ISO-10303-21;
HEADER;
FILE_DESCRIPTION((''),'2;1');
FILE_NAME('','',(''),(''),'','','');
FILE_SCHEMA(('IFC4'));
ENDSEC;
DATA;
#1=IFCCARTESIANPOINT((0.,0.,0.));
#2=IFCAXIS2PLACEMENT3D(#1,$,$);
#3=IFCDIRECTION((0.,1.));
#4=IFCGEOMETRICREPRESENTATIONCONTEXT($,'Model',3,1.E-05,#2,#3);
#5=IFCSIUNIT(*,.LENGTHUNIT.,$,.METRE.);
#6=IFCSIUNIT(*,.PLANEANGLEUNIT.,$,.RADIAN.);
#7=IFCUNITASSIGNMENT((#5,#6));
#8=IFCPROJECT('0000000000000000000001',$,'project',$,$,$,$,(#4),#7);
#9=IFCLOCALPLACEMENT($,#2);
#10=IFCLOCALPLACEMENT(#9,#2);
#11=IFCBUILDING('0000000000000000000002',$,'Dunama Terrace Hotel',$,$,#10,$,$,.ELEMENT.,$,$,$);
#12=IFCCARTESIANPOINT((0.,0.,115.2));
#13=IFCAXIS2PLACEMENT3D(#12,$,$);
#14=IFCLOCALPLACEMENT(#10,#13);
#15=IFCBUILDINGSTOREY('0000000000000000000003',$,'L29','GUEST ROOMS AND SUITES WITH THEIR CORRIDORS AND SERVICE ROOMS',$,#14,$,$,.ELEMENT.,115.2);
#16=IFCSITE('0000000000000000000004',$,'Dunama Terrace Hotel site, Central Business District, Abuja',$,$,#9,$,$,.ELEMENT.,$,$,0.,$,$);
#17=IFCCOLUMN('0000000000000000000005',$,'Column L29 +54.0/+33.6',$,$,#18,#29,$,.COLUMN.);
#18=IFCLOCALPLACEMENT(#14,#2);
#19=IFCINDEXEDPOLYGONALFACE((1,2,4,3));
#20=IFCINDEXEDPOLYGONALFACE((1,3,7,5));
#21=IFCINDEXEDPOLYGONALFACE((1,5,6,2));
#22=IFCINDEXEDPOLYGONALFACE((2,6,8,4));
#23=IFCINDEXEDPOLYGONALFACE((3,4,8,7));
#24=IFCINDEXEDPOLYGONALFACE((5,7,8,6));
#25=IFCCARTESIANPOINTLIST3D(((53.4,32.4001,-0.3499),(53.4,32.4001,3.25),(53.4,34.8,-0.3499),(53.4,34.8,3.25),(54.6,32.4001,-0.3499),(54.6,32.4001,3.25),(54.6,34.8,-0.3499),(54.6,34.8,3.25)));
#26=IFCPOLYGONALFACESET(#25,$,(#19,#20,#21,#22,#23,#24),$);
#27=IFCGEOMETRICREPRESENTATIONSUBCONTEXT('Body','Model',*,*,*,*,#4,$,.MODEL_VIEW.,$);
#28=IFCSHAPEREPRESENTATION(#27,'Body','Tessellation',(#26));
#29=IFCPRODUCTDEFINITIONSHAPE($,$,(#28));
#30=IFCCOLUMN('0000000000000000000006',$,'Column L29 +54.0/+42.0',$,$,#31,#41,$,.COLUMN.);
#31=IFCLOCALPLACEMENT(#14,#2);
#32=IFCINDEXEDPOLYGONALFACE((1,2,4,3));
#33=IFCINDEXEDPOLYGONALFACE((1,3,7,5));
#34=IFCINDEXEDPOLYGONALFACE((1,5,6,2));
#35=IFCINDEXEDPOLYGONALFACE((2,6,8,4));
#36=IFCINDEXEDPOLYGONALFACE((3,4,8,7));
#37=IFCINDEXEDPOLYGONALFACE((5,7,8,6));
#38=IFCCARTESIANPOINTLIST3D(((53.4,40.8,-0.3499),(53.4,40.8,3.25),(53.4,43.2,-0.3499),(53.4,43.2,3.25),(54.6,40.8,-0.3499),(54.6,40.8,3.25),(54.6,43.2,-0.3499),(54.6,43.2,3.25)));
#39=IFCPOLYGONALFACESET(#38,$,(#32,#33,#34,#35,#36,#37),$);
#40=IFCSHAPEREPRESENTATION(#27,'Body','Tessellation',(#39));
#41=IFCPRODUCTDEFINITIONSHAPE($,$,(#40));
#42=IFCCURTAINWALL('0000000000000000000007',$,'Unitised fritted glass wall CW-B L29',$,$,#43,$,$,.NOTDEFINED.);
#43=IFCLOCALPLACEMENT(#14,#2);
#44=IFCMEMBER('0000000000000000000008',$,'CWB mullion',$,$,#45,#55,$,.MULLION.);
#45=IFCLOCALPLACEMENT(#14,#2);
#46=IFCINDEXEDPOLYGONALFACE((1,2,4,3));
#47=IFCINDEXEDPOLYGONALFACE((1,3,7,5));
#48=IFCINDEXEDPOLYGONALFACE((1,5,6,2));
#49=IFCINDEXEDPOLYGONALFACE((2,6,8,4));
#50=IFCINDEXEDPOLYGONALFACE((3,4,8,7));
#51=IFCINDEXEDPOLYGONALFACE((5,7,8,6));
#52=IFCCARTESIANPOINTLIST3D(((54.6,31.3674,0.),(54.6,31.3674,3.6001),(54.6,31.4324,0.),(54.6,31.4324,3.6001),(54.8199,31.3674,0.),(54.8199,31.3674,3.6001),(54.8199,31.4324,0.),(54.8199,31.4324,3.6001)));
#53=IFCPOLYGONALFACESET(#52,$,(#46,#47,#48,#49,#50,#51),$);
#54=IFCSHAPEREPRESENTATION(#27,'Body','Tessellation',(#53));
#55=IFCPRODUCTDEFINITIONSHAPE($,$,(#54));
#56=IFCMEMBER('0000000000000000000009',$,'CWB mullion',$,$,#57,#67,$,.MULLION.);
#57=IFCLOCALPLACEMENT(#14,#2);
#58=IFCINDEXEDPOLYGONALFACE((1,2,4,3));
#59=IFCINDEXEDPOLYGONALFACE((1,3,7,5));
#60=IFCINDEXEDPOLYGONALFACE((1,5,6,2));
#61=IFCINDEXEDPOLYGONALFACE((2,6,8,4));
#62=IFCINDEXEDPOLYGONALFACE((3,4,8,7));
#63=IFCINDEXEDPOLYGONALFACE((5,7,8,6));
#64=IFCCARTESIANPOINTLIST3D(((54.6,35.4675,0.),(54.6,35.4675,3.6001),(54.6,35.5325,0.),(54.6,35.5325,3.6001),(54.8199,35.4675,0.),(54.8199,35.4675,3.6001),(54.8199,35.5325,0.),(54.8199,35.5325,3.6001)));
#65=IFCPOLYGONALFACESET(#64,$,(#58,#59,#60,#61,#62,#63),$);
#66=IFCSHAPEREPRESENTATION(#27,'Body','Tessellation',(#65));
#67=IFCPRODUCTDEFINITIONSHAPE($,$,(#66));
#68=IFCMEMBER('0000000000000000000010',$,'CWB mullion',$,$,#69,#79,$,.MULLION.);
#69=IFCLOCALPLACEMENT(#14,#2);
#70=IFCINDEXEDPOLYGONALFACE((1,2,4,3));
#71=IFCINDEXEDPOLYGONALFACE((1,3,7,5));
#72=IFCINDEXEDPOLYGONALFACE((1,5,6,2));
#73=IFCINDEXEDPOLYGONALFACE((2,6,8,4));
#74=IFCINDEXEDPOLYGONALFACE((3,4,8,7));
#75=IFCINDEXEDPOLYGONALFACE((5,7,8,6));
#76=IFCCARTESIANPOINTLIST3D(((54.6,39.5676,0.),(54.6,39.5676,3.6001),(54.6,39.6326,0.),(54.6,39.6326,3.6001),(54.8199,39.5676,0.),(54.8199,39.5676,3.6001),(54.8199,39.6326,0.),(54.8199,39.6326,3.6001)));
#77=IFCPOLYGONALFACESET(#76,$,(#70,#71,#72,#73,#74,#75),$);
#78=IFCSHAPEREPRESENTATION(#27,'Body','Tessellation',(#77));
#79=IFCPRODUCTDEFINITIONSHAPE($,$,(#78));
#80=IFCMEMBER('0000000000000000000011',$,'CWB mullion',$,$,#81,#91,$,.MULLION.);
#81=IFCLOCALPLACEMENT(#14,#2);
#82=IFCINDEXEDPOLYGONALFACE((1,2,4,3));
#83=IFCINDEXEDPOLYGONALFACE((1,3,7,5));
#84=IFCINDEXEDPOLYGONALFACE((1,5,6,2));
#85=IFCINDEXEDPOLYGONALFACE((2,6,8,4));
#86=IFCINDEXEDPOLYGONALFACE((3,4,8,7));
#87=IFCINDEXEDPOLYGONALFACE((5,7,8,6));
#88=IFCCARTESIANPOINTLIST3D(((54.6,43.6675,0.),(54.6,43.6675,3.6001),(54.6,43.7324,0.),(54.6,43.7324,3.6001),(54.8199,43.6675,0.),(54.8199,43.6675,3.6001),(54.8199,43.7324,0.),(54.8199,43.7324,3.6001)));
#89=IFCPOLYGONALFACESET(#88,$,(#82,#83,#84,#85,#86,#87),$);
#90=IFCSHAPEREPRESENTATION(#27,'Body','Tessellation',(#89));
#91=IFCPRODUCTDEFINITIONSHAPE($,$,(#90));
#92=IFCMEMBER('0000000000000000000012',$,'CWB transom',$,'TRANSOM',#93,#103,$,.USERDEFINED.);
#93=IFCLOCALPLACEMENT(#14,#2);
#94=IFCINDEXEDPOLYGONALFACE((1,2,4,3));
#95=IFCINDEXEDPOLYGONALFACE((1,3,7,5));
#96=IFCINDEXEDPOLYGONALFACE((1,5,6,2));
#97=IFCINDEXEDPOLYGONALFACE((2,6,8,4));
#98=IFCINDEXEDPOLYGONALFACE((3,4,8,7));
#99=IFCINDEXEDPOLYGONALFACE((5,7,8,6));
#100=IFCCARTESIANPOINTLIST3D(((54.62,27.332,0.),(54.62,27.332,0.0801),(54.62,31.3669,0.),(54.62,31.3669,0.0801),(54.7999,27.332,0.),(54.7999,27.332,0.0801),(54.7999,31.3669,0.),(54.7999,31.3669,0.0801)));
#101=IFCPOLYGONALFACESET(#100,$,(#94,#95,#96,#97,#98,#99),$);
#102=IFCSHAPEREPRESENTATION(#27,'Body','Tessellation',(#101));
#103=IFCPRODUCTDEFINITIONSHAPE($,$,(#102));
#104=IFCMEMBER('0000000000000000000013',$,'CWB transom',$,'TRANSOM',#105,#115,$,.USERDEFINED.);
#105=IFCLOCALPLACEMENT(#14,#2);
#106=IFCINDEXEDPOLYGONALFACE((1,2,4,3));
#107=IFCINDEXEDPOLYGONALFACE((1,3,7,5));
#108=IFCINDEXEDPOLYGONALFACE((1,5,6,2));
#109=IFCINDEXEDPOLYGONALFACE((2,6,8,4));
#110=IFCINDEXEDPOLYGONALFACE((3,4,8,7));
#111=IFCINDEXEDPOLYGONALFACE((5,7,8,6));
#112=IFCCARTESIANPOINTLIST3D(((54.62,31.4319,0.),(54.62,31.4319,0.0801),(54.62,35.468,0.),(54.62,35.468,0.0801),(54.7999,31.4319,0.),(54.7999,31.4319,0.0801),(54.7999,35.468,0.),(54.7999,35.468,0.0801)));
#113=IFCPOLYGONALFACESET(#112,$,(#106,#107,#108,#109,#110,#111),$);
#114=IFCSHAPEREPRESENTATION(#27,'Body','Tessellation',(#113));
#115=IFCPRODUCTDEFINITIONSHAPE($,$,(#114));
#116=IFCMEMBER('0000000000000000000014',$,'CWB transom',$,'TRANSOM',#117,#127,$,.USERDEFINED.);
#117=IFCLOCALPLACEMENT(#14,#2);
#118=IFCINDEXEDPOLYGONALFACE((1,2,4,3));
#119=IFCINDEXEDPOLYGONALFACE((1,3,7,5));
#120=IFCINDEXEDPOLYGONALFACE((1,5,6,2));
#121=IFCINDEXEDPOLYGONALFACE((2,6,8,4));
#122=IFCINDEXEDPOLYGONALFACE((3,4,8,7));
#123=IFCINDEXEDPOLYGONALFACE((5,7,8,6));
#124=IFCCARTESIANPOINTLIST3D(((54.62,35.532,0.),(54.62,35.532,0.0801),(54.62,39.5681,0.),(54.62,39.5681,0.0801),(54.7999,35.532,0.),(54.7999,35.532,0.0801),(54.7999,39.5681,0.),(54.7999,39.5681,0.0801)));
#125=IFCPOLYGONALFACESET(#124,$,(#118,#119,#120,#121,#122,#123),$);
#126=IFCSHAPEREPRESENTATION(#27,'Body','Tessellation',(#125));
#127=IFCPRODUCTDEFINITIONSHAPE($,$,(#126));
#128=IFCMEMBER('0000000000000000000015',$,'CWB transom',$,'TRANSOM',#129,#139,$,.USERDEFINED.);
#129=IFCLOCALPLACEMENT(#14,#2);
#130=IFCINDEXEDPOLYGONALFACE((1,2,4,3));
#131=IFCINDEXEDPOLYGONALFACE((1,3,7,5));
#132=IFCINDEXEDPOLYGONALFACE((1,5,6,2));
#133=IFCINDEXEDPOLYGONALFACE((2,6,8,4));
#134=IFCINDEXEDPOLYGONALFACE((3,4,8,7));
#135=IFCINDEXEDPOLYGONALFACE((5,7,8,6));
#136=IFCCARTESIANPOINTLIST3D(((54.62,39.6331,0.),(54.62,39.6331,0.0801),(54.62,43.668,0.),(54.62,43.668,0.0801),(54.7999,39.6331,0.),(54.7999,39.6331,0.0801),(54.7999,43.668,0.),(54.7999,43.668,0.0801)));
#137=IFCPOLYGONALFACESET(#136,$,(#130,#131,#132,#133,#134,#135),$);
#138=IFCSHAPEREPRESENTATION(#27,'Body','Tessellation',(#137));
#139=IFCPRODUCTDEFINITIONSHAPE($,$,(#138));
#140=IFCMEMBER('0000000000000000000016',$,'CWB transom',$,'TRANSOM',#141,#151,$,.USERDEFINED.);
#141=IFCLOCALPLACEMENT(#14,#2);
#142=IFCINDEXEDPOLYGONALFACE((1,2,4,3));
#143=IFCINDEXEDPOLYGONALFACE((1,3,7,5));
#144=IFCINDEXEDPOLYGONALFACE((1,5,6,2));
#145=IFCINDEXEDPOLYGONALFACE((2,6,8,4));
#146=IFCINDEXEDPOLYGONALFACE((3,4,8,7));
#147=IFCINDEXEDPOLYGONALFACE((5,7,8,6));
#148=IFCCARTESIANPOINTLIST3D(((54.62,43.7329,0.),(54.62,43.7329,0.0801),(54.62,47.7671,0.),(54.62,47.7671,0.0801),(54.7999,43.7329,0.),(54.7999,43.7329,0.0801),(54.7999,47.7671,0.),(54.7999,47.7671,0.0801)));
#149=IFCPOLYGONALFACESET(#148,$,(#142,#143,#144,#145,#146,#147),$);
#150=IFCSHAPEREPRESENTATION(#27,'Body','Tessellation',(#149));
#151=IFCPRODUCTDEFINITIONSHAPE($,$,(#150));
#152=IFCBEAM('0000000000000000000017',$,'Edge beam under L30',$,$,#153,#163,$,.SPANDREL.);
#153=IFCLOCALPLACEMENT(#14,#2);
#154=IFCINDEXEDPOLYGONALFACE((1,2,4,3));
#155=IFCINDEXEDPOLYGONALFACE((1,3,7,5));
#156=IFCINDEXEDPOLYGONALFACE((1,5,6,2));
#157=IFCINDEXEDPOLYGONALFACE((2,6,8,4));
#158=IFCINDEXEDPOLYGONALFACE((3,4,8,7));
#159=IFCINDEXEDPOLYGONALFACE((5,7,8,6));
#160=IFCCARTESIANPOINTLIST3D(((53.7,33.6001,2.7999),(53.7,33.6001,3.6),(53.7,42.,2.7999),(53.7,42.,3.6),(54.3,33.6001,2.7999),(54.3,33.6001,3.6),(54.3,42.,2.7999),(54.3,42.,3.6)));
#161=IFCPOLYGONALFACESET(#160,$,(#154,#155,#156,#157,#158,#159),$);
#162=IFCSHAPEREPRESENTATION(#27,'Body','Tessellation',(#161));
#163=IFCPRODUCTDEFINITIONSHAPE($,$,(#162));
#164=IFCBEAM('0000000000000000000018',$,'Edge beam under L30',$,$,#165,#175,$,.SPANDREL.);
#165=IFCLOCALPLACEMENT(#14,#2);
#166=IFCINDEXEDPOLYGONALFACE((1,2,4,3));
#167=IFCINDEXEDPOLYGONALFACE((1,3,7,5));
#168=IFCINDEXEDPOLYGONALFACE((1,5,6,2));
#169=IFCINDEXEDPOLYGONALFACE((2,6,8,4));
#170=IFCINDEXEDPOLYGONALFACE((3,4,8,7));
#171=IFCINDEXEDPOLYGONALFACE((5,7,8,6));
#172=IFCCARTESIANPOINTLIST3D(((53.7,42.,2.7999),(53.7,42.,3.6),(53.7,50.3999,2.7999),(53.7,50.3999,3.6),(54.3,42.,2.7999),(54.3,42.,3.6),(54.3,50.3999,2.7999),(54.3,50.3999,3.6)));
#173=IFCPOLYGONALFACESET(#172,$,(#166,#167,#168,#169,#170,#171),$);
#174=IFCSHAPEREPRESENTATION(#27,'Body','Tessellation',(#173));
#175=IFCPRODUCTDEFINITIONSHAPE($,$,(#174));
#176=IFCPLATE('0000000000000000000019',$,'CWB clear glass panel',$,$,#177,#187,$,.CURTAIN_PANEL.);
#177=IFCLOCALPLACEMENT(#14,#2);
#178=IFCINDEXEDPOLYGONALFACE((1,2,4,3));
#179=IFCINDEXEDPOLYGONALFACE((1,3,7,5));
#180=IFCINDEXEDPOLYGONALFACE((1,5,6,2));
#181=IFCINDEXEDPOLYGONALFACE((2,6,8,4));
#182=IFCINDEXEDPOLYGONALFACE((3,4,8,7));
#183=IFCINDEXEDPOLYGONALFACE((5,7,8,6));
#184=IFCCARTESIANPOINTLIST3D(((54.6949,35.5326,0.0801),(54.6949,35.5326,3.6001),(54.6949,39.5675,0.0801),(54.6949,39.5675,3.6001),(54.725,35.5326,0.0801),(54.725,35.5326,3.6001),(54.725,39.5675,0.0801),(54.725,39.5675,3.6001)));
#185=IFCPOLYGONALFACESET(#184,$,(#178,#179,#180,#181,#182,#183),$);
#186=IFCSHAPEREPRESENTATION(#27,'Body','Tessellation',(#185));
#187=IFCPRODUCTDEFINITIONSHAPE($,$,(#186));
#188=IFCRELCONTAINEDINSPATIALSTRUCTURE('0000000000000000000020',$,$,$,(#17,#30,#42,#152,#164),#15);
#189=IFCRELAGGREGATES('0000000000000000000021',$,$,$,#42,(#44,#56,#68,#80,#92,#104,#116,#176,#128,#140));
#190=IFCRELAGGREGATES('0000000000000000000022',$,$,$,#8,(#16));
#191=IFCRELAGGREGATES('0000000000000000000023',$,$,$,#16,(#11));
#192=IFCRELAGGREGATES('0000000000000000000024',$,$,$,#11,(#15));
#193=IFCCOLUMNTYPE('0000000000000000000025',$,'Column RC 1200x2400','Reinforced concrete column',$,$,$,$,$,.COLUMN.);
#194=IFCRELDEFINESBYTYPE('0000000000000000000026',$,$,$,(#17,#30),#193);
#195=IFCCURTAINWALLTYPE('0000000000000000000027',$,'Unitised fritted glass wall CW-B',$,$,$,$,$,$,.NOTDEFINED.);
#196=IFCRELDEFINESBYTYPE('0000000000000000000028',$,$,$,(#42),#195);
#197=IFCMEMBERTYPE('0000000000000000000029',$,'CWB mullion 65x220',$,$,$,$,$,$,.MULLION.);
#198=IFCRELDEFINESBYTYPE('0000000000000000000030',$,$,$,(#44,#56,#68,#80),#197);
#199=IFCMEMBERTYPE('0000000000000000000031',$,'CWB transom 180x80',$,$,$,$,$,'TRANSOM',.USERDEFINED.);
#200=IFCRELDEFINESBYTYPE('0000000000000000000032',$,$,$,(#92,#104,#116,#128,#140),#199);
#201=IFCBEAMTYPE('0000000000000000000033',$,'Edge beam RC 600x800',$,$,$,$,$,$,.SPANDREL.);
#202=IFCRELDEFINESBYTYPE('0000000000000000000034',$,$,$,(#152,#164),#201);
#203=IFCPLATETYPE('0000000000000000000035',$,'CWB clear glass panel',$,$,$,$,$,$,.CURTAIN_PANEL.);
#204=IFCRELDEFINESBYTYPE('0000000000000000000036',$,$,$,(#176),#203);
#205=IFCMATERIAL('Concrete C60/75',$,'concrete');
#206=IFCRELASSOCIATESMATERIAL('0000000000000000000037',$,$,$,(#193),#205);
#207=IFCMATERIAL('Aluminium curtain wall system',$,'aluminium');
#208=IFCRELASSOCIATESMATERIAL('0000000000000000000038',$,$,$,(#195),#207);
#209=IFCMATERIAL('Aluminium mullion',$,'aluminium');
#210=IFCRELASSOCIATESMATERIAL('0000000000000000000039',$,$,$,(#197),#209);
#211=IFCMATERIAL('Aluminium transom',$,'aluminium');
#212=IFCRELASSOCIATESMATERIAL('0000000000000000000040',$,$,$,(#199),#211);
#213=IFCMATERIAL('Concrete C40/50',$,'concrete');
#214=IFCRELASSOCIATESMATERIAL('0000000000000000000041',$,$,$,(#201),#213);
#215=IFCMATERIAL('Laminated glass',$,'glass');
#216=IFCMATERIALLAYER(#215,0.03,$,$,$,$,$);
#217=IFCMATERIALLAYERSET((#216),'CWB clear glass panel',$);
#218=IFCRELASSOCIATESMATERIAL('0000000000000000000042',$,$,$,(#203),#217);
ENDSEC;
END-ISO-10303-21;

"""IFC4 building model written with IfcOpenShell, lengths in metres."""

from ifc_helpers import new_model, si_unit, direction, frame, origin, origin_2d, place, context, subcontext, project, spatial, rectangle, extrude, material, layer, layer_set, material_profile, profile_set, type_object, element, aggregate, save


model = new_model("IFC4")

# Units and contexts
model_context = context("Model", 3, precision=1e-05, world=origin(), true_north=direction((0.0, 1.0)))
body_context = subcontext(model_context, "Body", "Model", "MODEL_VIEW")
ifc_project = project(units=[si_unit("LENGTHUNIT", "METRE"), si_unit("PLANEANGLEUNIT", "RADIAN")], contexts=[model_context])

# Site, building, storey
site_placement = place(None, origin())
site = spatial("IfcSite", under=ifc_project, at=site_placement, Name="Dunama Terrace Hotel site, Central Business District, Abuja", CompositionType="ELEMENT", RefElevation=0.0)
building_placement = place(site_placement, origin())
building = spatial("IfcBuilding", under=site, at=building_placement, Name="Dunama Terrace Hotel", CompositionType="ELEMENT")
storey_placement = place(building_placement, frame((0.0, 0.0, 115.2)))
storey = spatial("IfcBuildingStorey", under=building, at=storey_placement, Name="L29", Description="GUEST ROOMS AND SUITES WITH THEIR CORRIDORS AND SERVICE ROOMS", CompositionType="ELEMENT", Elevation=115.2)

# Columns
ifc_material_1 = material(Name="Concrete C60/75", Category="concrete")
ifc_material_profile_1 = material_profile(ifc_material_1, rectangle(XDim=1.2, YDim=2.3999, at=origin_2d()), Name="RC 1200x2400")
ifc_profile_set_1 = profile_set([ifc_material_profile_1], Name="Concrete C60/75")
column_type = type_object("IfcColumnType", Name="Column RC 1200x2400", Description="Reinforced concrete column", PredefinedType="COLUMN", material=ifc_profile_set_1)
for number, where, z_axis, x_axis, name in (
    (1, (54.0, 33.6001, -0.3499), (0.0, 0.0, 1.0), (1.0, 0.0, 0.0), "Column L29 +54.0/+33.6"),
    (2, (54.0, 42.0, -0.3499), (0.0, 0.0, 1.0), (1.0, 0.0, 0.0), "Column L29 +54.0/+42.0"),
):
    element("IfcColumn", number, at=place(storey_placement, frame(where, z_axis=z_axis, x_axis=x_axis)), inside=storey, type_object=column_type, Name=name, PredefinedType="COLUMN", context=body_context, shape_type="SweptSolid", body=[
        extrude(rectangle(XDim=1.2, YDim=2.3999, at=origin_2d()), origin(), (0.0, 0.0, 1.0), 3.5999),
    ])

# Curtain wall, members
ifc_material_2 = material(Name="Aluminium curtain wall system", Category="aluminium")
curtain_wall_type = type_object("IfcCurtainWallType", Name="Unitised fritted glass wall CW-B", PredefinedType="NOTDEFINED", material=ifc_material_2)
curtain_wall_placement = place(storey_placement, origin())
curtain_wall = element("IfcCurtainWall", 3, at=curtain_wall_placement, inside=storey, type_object=curtain_wall_type, Name="Unitised fritted glass wall CW-B L29", PredefinedType="NOTDEFINED")
ifc_material_3 = material(Name="Aluminium mullion", Category="aluminium")
ifc_material_profile_2 = material_profile(ifc_material_3, rectangle(XDim=0.0649, YDim=0.22, at=origin_2d()), Name="CWB MULLION 65X220")
ifc_profile_set_2 = profile_set([ifc_material_profile_2], Name="Aluminium mullion")
member_type_1 = type_object("IfcMemberType", Name="CWB mullion 65x220", PredefinedType="MULLION", material=ifc_profile_set_2)
member_1_placement = place(storey_placement, frame((54.71, 31.3999, 0.0), z_axis=(0.0, 0.0, 1.0), x_axis=(0.0, 1.0, 0.0)))
member_1 = element("IfcMember", 4, at=member_1_placement, type_object=member_type_1, Name="CWB mullion", PredefinedType="MULLION", context=body_context, shape_type="SweptSolid", body=[
    extrude(rectangle(XDim=0.0649, YDim=0.22, at=origin_2d()), origin(), (0.0, 0.0, 1.0), 3.6001),
])
member_2_placement = place(storey_placement, frame((54.71, 35.5, 0.0), z_axis=(0.0, 0.0, 1.0), x_axis=(0.0, 1.0, 0.0)))
member_2 = element("IfcMember", 5, at=member_2_placement, type_object=member_type_1, Name="CWB mullion", PredefinedType="MULLION", context=body_context, shape_type="SweptSolid", body=[
    extrude(rectangle(XDim=0.0649, YDim=0.22, at=origin_2d()), origin(), (0.0, 0.0, 1.0), 3.6001),
])
member_3_placement = place(storey_placement, frame((54.71, 39.6001, 0.0), z_axis=(0.0, 0.0, 1.0), x_axis=(0.0, 1.0, 0.0)))
member_3 = element("IfcMember", 6, at=member_3_placement, type_object=member_type_1, Name="CWB mullion", PredefinedType="MULLION", context=body_context, shape_type="SweptSolid", body=[
    extrude(rectangle(XDim=0.0649, YDim=0.22, at=origin_2d()), origin(), (0.0, 0.0, 1.0), 3.6001),
])
member_4_placement = place(storey_placement, frame((54.71, 43.7, 0.0), z_axis=(0.0, 0.0, 1.0), x_axis=(0.0, 1.0, 0.0)))
member_4 = element("IfcMember", 7, at=member_4_placement, type_object=member_type_1, Name="CWB mullion", PredefinedType="MULLION", context=body_context, shape_type="SweptSolid", body=[
    extrude(rectangle(XDim=0.0649, YDim=0.22, at=origin_2d()), origin(), (0.0, 0.0, 1.0), 3.6001),
])
ifc_material_4 = material(Name="Aluminium transom", Category="aluminium")
ifc_material_profile_3 = material_profile(ifc_material_4, rectangle(XDim=0.1799, YDim=0.0801, at=origin_2d()), Name="CWB TRANSOM 180X80")
ifc_profile_set_3 = profile_set([ifc_material_profile_3], Name="Aluminium transom")
member_type_2 = type_object("IfcMemberType", Name="CWB transom 180x80", ElementType="TRANSOM", PredefinedType="USERDEFINED", material=ifc_profile_set_3)
member_5_placement = place(storey_placement, frame((54.71, 27.332, 0.04), z_axis=(0.0, 1.0, 0.0), x_axis=(-1.0, 0.0, 0.0)))
member_5 = element("IfcMember", 8, at=member_5_placement, type_object=member_type_2, Name="CWB transom", ObjectType="TRANSOM", PredefinedType="USERDEFINED", context=body_context, shape_type="SweptSolid", body=[
    extrude(rectangle(XDim=0.1799, YDim=0.0801, at=origin_2d()), origin(), (0.0, 0.0, 1.0), 4.0349),
])
member_6_placement = place(storey_placement, frame((54.71, 31.4319, 0.04), z_axis=(0.0, 1.0, 0.0), x_axis=(-1.0, 0.0, 0.0)))
member_6 = element("IfcMember", 9, at=member_6_placement, type_object=member_type_2, Name="CWB transom", ObjectType="TRANSOM", PredefinedType="USERDEFINED", context=body_context, shape_type="SweptSolid", body=[
    extrude(rectangle(XDim=0.1799, YDim=0.0801, at=origin_2d()), origin(), (0.0, 0.0, 1.0), 4.0361),
])
member_7_placement = place(storey_placement, frame((54.71, 35.532, 0.04), z_axis=(0.0, 1.0, 0.0), x_axis=(-1.0, 0.0, 0.0)))
member_7 = element("IfcMember", 10, at=member_7_placement, type_object=member_type_2, Name="CWB transom", ObjectType="TRANSOM", PredefinedType="USERDEFINED", context=body_context, shape_type="SweptSolid", body=[
    extrude(rectangle(XDim=0.1799, YDim=0.0801, at=origin_2d()), origin(), (0.0, 0.0, 1.0), 4.0361),
])
member_8_placement = place(storey_placement, frame((54.71, 39.6331, 0.04), z_axis=(0.0, 1.0, 0.0), x_axis=(-1.0, 0.0, 0.0)))
member_8 = element("IfcMember", 11, at=member_8_placement, type_object=member_type_2, Name="CWB transom", ObjectType="TRANSOM", PredefinedType="USERDEFINED", context=body_context, shape_type="SweptSolid", body=[
    extrude(rectangle(XDim=0.1799, YDim=0.0801, at=origin_2d()), origin(), (0.0, 0.0, 1.0), 4.0349),
])
member_9_placement = place(storey_placement, frame((54.71, 43.7329, 0.04), z_axis=(0.0, 1.0, 0.0), x_axis=(-1.0, 0.0, 0.0)))
member_9 = element("IfcMember", 12, at=member_9_placement, type_object=member_type_2, Name="CWB transom", ObjectType="TRANSOM", PredefinedType="USERDEFINED", context=body_context, shape_type="SweptSolid", body=[
    extrude(rectangle(XDim=0.1799, YDim=0.0801, at=origin_2d()), origin(), (0.0, 0.0, 1.0), 4.0342),
])

# Beams
ifc_material_5 = material(Name="Concrete C40/50", Category="concrete")
ifc_material_profile_4 = material_profile(ifc_material_5, rectangle(XDim=0.6001, YDim=0.8, at=origin_2d()), Name="RC 600x800")
ifc_profile_set_4 = profile_set([ifc_material_profile_4], Name="Concrete C40/50")
beam_type = type_object("IfcBeamType", Name="Edge beam RC 600x800", PredefinedType="SPANDREL", material=ifc_profile_set_4)
for number, where, z_axis, x_axis, name in (
    (13, (54.0, 33.6001, 3.2), (0.0, 1.0, 0.0), (-1.0, 0.0, 0.0), "Edge beam under L30"),
    (14, (54.0, 42.0, 3.2), (0.0, 1.0, 0.0), (-1.0, 0.0, 0.0), "Edge beam under L30"),
):
    element("IfcBeam", number, at=place(storey_placement, frame(where, z_axis=z_axis, x_axis=x_axis)), inside=storey, type_object=beam_type, Name=name, PredefinedType="SPANDREL", context=body_context, shape_type="SweptSolid", body=[
        extrude(rectangle(XDim=0.6001, YDim=0.8, at=origin_2d()), origin(), (0.0, 0.0, 1.0), 8.3999),
    ])

# Plate
ifc_material_6 = material(Name="Laminated glass", Category="glass")
ifc_layer_1 = layer(ifc_material_6, 0.03)
ifc_layer_set_1 = layer_set([ifc_layer_1], Name="CWB clear glass panel")
plate_type_1 = type_object("IfcPlateType", Name="CWB clear glass panel", PredefinedType="CURTAIN_PANEL", material=ifc_layer_set_1)
plate_1_placement = place(storey_placement, frame((54.71, 37.55, 0.0801), z_axis=(0.0, 0.0, 1.0), x_axis=(0.0, 1.0, 0.0)))
plate_1 = element("IfcPlate", 15, at=plate_1_placement, type_object=plate_type_1, Name="CWB clear glass panel", PredefinedType="CURTAIN_PANEL", context=body_context, shape_type="SweptSolid", body=[
    extrude(rectangle(XDim=4.0349, YDim=0.03, at=origin_2d()), origin(), (0.0, 0.0, 1.0), 3.52),
])
aggregate(curtain_wall, [member_1, member_2, member_3, member_4, member_5, member_6, member_7, plate_1, member_8, member_9])

save(model, "model.ifc")
